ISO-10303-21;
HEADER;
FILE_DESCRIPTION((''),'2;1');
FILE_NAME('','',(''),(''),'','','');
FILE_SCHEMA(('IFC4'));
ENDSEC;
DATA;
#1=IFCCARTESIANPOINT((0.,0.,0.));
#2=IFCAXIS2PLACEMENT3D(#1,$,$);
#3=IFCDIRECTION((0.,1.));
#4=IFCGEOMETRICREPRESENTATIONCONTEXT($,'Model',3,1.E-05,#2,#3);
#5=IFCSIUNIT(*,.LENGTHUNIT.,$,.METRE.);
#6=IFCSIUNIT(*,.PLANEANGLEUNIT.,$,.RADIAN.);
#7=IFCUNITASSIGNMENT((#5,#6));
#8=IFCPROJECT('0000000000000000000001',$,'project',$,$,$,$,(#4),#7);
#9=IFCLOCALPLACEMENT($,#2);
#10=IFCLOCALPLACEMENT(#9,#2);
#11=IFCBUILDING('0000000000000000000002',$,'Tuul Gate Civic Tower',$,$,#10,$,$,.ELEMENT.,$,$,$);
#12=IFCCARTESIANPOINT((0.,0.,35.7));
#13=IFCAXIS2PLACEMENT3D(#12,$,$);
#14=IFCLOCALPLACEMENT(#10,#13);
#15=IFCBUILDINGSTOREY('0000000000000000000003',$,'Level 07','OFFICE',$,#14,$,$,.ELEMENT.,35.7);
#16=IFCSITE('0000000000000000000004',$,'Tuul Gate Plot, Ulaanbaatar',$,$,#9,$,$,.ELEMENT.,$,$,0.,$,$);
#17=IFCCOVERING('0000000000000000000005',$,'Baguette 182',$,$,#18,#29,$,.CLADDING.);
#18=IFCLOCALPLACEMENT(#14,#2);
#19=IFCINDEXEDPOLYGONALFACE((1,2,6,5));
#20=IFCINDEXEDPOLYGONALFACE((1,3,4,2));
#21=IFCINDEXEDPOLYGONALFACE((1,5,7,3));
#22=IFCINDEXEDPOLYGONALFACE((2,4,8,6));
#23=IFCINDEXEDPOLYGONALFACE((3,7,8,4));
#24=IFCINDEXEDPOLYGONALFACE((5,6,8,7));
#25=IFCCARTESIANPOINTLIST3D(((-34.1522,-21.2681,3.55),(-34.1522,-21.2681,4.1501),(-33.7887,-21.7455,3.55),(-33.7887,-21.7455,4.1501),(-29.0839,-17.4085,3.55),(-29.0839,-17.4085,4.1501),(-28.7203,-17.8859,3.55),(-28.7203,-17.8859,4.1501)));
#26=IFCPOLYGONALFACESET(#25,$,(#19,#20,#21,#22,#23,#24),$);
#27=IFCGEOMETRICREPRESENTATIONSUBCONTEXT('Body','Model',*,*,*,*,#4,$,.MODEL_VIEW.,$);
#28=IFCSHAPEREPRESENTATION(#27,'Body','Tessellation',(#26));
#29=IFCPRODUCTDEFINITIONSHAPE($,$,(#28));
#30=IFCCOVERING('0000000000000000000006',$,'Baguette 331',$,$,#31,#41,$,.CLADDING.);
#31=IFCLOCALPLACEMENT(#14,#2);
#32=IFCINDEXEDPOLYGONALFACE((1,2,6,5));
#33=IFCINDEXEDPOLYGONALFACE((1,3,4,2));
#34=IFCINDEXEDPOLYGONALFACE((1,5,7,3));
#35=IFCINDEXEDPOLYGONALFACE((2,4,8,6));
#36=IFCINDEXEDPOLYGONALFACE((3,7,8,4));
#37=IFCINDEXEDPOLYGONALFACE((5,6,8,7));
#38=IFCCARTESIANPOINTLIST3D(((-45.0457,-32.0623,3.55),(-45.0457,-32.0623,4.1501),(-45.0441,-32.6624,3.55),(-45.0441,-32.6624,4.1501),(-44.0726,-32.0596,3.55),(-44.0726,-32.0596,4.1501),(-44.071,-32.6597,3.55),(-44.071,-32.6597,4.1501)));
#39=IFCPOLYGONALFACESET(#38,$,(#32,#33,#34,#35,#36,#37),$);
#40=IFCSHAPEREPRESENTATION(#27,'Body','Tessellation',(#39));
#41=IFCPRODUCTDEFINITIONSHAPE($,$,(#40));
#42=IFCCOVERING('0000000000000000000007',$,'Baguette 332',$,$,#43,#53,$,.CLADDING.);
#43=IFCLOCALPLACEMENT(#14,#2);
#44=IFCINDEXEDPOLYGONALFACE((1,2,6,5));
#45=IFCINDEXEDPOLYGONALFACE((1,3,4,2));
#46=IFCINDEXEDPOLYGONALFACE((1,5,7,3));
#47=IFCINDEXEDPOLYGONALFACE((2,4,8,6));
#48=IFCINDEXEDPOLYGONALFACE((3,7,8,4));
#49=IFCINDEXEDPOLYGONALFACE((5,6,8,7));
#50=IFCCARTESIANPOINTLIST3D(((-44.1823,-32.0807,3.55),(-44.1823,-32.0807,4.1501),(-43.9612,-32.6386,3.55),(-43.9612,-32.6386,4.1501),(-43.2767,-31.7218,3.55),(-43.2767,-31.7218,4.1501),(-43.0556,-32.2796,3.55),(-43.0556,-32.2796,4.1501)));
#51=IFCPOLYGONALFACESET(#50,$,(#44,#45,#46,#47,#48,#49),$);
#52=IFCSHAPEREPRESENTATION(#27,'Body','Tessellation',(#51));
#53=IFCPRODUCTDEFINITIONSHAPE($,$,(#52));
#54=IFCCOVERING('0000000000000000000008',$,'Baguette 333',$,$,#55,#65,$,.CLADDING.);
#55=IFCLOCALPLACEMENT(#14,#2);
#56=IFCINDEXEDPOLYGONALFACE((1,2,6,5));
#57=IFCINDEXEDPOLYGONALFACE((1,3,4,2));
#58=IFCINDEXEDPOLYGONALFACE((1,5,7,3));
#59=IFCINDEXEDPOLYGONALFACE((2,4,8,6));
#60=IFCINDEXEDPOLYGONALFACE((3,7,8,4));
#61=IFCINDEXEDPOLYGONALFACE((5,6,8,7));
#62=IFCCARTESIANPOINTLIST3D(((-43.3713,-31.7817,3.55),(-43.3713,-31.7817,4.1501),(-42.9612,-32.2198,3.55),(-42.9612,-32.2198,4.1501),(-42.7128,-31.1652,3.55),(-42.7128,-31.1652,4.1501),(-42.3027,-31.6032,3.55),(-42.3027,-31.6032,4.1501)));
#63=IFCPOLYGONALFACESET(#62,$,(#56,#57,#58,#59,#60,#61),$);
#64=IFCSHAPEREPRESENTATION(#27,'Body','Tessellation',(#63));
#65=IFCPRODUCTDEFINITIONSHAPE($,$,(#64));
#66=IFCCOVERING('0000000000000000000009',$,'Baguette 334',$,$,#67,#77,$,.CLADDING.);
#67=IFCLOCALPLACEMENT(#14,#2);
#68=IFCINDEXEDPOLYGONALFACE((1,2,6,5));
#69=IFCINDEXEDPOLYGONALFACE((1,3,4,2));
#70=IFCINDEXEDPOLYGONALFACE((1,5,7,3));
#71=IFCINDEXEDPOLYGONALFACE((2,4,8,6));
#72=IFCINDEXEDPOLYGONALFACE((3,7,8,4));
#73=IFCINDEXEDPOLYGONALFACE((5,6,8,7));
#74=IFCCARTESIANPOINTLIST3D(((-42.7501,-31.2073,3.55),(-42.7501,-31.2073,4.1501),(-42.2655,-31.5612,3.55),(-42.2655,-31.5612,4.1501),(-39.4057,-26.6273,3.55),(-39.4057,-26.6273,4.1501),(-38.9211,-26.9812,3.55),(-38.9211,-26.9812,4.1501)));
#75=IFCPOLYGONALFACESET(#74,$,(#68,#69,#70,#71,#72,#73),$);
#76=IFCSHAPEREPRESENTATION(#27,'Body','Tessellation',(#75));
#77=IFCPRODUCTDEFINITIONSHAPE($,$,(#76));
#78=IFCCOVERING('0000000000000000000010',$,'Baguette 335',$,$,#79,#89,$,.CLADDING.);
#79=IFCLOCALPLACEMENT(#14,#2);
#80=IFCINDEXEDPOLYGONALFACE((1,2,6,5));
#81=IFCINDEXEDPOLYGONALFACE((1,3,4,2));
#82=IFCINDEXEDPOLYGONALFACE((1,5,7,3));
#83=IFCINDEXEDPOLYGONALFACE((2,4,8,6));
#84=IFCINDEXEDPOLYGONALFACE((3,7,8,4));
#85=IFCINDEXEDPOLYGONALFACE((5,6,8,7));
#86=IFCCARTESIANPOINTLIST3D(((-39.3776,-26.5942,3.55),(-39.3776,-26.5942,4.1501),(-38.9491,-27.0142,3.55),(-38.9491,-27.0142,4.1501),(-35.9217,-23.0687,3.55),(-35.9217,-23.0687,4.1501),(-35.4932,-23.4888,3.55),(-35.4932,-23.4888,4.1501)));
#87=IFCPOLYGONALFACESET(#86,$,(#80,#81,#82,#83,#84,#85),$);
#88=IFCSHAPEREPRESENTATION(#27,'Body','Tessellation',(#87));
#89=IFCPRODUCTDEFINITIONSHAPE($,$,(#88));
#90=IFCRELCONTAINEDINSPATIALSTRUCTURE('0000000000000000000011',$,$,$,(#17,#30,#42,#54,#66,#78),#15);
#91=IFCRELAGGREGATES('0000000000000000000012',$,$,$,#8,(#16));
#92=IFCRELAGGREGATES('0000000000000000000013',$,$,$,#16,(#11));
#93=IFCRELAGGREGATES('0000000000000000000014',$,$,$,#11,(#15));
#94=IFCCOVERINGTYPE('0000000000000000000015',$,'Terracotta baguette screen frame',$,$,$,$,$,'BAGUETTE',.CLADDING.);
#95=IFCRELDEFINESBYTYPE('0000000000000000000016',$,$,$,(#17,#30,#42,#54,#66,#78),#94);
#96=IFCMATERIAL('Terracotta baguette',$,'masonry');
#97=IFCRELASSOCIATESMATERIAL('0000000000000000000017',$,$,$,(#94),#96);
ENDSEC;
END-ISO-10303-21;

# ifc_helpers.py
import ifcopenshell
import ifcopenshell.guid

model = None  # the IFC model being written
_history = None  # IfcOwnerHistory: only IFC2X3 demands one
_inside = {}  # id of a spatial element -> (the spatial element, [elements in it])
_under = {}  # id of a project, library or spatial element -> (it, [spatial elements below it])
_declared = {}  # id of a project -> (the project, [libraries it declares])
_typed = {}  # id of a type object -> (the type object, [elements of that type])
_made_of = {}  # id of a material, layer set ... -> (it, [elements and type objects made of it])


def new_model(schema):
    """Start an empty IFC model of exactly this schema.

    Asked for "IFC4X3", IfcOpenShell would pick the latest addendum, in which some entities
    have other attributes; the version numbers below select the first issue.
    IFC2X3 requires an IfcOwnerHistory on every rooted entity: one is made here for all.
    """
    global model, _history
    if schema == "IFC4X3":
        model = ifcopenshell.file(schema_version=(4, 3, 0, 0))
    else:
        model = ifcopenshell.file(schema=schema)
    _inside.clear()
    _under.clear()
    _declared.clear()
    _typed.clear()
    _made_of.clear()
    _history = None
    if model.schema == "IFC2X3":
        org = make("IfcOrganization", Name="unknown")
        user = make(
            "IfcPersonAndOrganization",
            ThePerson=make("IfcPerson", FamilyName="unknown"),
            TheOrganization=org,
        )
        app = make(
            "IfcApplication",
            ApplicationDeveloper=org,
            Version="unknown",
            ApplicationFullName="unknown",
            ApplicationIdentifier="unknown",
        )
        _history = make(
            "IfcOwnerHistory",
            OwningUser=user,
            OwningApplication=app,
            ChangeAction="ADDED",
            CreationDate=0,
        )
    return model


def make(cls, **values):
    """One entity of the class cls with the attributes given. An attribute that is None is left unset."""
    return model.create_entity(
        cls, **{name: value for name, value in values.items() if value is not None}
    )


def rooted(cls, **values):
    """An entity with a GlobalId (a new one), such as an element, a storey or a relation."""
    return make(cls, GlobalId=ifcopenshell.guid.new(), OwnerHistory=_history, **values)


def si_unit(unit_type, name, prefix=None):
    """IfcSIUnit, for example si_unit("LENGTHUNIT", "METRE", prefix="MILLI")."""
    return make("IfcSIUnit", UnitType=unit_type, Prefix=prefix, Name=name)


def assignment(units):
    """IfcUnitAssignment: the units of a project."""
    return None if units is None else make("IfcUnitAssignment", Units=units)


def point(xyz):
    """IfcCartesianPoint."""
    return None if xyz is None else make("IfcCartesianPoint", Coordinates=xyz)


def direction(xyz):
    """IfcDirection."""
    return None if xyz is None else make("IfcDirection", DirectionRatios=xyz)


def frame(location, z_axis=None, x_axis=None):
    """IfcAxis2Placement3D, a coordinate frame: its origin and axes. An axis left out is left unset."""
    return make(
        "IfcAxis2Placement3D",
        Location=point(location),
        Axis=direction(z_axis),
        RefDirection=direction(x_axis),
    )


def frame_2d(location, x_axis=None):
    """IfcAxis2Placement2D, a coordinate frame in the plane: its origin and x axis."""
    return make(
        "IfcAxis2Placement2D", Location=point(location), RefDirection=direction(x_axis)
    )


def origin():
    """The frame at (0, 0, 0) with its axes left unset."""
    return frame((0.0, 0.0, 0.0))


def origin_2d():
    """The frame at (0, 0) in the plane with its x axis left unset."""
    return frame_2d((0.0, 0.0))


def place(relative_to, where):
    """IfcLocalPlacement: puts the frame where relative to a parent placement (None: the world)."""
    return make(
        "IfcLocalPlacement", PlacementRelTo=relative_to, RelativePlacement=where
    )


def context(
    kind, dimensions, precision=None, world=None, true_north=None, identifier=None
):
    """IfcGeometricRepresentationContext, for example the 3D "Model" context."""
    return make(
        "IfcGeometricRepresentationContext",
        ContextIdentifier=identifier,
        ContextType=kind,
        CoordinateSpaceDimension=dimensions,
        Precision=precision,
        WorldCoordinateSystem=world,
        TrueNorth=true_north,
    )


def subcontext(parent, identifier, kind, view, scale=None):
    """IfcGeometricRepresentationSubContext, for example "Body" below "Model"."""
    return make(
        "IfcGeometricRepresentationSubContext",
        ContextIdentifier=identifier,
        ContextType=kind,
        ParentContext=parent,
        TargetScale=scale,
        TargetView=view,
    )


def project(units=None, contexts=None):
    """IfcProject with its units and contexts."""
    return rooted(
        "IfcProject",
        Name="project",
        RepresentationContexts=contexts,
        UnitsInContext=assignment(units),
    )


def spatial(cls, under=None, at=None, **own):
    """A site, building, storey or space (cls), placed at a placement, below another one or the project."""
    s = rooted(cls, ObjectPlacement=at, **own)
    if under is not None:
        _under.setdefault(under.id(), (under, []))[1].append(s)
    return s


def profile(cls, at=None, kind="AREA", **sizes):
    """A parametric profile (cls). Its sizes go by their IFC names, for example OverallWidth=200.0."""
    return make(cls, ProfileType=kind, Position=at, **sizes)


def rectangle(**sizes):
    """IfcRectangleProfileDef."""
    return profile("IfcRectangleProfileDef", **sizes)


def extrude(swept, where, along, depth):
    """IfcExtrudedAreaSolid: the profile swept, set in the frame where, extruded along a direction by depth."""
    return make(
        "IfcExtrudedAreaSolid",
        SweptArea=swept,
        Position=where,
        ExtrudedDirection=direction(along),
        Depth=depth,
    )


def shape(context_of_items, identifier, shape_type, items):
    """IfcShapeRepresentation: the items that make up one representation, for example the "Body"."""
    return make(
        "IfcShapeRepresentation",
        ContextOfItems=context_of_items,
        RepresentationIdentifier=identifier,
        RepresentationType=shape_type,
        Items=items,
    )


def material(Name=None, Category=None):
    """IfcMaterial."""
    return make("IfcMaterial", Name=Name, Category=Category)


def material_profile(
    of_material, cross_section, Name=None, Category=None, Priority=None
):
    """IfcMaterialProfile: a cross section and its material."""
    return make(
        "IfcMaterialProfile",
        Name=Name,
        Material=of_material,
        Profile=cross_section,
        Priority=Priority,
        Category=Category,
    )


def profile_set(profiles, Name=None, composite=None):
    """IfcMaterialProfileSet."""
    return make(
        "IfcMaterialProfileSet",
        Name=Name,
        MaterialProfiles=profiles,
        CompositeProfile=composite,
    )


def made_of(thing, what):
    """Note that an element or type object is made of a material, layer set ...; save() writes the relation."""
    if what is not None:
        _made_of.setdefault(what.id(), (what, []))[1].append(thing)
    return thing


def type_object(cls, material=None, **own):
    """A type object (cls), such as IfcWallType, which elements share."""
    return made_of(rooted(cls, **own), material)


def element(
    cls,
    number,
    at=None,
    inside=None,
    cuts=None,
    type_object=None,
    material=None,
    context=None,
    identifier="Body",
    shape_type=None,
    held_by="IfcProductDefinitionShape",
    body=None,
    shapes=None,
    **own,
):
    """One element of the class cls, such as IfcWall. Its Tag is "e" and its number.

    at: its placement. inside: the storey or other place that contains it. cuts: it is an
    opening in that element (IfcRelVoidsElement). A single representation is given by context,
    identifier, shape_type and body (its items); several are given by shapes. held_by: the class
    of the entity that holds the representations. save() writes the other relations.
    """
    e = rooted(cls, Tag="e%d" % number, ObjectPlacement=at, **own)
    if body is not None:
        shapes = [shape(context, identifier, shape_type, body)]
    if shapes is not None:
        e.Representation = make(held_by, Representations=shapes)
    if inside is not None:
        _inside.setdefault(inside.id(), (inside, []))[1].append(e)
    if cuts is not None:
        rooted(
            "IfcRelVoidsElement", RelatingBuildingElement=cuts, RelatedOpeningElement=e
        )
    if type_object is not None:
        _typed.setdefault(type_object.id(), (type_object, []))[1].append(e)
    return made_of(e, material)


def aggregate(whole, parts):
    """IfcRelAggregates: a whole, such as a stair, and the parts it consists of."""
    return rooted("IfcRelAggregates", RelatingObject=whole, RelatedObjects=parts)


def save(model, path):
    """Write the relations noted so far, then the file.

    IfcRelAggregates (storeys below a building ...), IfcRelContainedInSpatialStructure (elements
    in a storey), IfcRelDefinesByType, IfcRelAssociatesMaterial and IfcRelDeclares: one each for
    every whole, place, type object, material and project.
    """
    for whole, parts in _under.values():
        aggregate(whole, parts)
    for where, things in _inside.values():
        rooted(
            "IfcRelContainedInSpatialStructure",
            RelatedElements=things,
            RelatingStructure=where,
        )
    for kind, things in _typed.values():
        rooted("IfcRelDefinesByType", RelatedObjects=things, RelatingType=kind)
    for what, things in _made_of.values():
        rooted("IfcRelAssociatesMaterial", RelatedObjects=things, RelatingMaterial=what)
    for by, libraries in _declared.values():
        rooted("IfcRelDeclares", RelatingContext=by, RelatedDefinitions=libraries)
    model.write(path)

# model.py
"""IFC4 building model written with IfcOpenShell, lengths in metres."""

from ifc_helpers import new_model, si_unit, direction, frame, origin, origin_2d, place, context, subcontext, project, spatial, rectangle, extrude, material, material_profile, profile_set, type_object, element, save


model = new_model("IFC4")

# Units and contexts
model_context = context("Model", 3, precision=1e-05, world=origin(), true_north=direction((0.0, 1.0)))
body_context = subcontext(model_context, "Body", "Model", "MODEL_VIEW")
ifc_project = project(units=[si_unit("LENGTHUNIT", "METRE"), si_unit("PLANEANGLEUNIT", "RADIAN")], contexts=[model_context])

# Site, building, storey
site_placement = place(None, origin())
site = spatial("IfcSite", under=ifc_project, at=site_placement, Name="Tuul Gate Plot, Ulaanbaatar", CompositionType="ELEMENT", RefElevation=0.0)
building_placement = place(site_placement, origin())
building = spatial("IfcBuilding", under=site, at=building_placement, Name="Tuul Gate Civic Tower", CompositionType="ELEMENT")
storey_placement = place(building_placement, frame((0.0, 0.0, 35.7)))
storey = spatial("IfcBuildingStorey", under=building, at=storey_placement, Name="Level 07", Description="OFFICE", CompositionType="ELEMENT", Elevation=35.7)

# Coverings
ifc_material_1 = material(Name="Terracotta baguette", Category="masonry")
ifc_material_profile_1 = material_profile(ifc_material_1, rectangle(XDim=0.6001, YDim=0.6001, at=origin_2d()), Name="Terracotta baguette screen frame")
ifc_profile_set_1 = profile_set([ifc_material_profile_1], Name="Terracotta baguette")
covering_type = type_object("IfcCoveringType", Name="Terracotta baguette screen frame", ElementType="BAGUETTE", PredefinedType="CLADDING", material=ifc_profile_set_1)
covering_1_placement = place(storey_placement, frame((-33.9705, -21.5068, 3.8501), z_axis=(0.795582, 0.605846, 0.0), x_axis=(-0.605846, 0.795582, 0.0)))
element("IfcCovering", 1, at=covering_1_placement, inside=storey, type_object=covering_type, Name="Baguette 182", PredefinedType="CLADDING", context=body_context, shape_type="SweptSolid", body=[
    extrude(rectangle(XDim=0.6001, YDim=0.6001, at=origin_2d()), origin(), (0.0, 0.0, 1.0), 6.3706),
])
covering_2_placement = place(storey_placement, frame((-45.0449, -32.3623, 3.8501), z_axis=(0.999996, 0.00276, 0.0), x_axis=(-0.00276, 0.999996, 0.0)))
element("IfcCovering", 2, at=covering_2_placement, inside=storey, type_object=covering_type, Name="Baguette 331", PredefinedType="CLADDING", context=body_context, shape_type="SweptSolid", body=[
    extrude(rectangle(XDim=0.6001, YDim=0.6001, at=origin_2d()), origin(), (0.0, 0.0, 1.0), 0.9731),
])
covering_3_placement = place(storey_placement, frame((-44.0718, -32.3596, 3.8501), z_axis=(0.929647, 0.36845, 0.0), x_axis=(-0.36845, 0.929647, 0.0)))
element("IfcCovering", 3, at=covering_3_placement, inside=storey, type_object=covering_type, Name="Baguette 332", PredefinedType="CLADDING", context=body_context, shape_type="SweptSolid", body=[
    extrude(rectangle(XDim=0.6001, YDim=0.6001, at=origin_2d()), origin(), (0.0, 0.0, 1.0), 0.9741),
])
covering_4_placement = place(storey_placement, frame((-43.1663, -32.0007, 3.8501), z_axis=(0.730001, 0.683446, 0.0), x_axis=(-0.683446, 0.730001, 0.0)))
element("IfcCovering", 4, at=covering_4_placement, inside=storey, type_object=covering_type, Name="Baguette 333", PredefinedType="CLADDING", context=body_context, shape_type="SweptSolid", body=[
    extrude(rectangle(XDim=0.6001, YDim=0.6001, at=origin_2d()), origin(), (0.0, 0.0, 1.0), 0.9021),
])
covering_5_placement = place(storey_placement, frame((-42.5078, -31.3843, 3.8501), z_axis=(0.589729, 0.807601, 0.0), x_axis=(-0.807601, 0.589729, 0.0)))
element("IfcCovering", 5, at=covering_5_placement, inside=storey, type_object=covering_type, Name="Baguette 334", PredefinedType="CLADDING", context=body_context, shape_type="SweptSolid", body=[
    extrude(rectangle(XDim=0.6001, YDim=0.6001, at=origin_2d()), origin(), (0.0, 0.0, 1.0), 5.6711),
])
covering_6_placement = place(storey_placement, frame((-39.1633, -26.8042, 3.8501), z_axis=(0.700024, 0.714119, 0.0), x_axis=(-0.714119, 0.700024, 0.0)))
element("IfcCovering", 6, at=covering_6_placement, inside=storey, type_object=covering_type, Name="Baguette 335", PredefinedType="CLADDING", context=body_context, shape_type="SweptSolid", body=[
    extrude(rectangle(XDim=0.6001, YDim=0.6001, at=origin_2d()), origin(), (0.0, 0.0, 1.0), 4.9368),
])

save(model, "model.ifc")
